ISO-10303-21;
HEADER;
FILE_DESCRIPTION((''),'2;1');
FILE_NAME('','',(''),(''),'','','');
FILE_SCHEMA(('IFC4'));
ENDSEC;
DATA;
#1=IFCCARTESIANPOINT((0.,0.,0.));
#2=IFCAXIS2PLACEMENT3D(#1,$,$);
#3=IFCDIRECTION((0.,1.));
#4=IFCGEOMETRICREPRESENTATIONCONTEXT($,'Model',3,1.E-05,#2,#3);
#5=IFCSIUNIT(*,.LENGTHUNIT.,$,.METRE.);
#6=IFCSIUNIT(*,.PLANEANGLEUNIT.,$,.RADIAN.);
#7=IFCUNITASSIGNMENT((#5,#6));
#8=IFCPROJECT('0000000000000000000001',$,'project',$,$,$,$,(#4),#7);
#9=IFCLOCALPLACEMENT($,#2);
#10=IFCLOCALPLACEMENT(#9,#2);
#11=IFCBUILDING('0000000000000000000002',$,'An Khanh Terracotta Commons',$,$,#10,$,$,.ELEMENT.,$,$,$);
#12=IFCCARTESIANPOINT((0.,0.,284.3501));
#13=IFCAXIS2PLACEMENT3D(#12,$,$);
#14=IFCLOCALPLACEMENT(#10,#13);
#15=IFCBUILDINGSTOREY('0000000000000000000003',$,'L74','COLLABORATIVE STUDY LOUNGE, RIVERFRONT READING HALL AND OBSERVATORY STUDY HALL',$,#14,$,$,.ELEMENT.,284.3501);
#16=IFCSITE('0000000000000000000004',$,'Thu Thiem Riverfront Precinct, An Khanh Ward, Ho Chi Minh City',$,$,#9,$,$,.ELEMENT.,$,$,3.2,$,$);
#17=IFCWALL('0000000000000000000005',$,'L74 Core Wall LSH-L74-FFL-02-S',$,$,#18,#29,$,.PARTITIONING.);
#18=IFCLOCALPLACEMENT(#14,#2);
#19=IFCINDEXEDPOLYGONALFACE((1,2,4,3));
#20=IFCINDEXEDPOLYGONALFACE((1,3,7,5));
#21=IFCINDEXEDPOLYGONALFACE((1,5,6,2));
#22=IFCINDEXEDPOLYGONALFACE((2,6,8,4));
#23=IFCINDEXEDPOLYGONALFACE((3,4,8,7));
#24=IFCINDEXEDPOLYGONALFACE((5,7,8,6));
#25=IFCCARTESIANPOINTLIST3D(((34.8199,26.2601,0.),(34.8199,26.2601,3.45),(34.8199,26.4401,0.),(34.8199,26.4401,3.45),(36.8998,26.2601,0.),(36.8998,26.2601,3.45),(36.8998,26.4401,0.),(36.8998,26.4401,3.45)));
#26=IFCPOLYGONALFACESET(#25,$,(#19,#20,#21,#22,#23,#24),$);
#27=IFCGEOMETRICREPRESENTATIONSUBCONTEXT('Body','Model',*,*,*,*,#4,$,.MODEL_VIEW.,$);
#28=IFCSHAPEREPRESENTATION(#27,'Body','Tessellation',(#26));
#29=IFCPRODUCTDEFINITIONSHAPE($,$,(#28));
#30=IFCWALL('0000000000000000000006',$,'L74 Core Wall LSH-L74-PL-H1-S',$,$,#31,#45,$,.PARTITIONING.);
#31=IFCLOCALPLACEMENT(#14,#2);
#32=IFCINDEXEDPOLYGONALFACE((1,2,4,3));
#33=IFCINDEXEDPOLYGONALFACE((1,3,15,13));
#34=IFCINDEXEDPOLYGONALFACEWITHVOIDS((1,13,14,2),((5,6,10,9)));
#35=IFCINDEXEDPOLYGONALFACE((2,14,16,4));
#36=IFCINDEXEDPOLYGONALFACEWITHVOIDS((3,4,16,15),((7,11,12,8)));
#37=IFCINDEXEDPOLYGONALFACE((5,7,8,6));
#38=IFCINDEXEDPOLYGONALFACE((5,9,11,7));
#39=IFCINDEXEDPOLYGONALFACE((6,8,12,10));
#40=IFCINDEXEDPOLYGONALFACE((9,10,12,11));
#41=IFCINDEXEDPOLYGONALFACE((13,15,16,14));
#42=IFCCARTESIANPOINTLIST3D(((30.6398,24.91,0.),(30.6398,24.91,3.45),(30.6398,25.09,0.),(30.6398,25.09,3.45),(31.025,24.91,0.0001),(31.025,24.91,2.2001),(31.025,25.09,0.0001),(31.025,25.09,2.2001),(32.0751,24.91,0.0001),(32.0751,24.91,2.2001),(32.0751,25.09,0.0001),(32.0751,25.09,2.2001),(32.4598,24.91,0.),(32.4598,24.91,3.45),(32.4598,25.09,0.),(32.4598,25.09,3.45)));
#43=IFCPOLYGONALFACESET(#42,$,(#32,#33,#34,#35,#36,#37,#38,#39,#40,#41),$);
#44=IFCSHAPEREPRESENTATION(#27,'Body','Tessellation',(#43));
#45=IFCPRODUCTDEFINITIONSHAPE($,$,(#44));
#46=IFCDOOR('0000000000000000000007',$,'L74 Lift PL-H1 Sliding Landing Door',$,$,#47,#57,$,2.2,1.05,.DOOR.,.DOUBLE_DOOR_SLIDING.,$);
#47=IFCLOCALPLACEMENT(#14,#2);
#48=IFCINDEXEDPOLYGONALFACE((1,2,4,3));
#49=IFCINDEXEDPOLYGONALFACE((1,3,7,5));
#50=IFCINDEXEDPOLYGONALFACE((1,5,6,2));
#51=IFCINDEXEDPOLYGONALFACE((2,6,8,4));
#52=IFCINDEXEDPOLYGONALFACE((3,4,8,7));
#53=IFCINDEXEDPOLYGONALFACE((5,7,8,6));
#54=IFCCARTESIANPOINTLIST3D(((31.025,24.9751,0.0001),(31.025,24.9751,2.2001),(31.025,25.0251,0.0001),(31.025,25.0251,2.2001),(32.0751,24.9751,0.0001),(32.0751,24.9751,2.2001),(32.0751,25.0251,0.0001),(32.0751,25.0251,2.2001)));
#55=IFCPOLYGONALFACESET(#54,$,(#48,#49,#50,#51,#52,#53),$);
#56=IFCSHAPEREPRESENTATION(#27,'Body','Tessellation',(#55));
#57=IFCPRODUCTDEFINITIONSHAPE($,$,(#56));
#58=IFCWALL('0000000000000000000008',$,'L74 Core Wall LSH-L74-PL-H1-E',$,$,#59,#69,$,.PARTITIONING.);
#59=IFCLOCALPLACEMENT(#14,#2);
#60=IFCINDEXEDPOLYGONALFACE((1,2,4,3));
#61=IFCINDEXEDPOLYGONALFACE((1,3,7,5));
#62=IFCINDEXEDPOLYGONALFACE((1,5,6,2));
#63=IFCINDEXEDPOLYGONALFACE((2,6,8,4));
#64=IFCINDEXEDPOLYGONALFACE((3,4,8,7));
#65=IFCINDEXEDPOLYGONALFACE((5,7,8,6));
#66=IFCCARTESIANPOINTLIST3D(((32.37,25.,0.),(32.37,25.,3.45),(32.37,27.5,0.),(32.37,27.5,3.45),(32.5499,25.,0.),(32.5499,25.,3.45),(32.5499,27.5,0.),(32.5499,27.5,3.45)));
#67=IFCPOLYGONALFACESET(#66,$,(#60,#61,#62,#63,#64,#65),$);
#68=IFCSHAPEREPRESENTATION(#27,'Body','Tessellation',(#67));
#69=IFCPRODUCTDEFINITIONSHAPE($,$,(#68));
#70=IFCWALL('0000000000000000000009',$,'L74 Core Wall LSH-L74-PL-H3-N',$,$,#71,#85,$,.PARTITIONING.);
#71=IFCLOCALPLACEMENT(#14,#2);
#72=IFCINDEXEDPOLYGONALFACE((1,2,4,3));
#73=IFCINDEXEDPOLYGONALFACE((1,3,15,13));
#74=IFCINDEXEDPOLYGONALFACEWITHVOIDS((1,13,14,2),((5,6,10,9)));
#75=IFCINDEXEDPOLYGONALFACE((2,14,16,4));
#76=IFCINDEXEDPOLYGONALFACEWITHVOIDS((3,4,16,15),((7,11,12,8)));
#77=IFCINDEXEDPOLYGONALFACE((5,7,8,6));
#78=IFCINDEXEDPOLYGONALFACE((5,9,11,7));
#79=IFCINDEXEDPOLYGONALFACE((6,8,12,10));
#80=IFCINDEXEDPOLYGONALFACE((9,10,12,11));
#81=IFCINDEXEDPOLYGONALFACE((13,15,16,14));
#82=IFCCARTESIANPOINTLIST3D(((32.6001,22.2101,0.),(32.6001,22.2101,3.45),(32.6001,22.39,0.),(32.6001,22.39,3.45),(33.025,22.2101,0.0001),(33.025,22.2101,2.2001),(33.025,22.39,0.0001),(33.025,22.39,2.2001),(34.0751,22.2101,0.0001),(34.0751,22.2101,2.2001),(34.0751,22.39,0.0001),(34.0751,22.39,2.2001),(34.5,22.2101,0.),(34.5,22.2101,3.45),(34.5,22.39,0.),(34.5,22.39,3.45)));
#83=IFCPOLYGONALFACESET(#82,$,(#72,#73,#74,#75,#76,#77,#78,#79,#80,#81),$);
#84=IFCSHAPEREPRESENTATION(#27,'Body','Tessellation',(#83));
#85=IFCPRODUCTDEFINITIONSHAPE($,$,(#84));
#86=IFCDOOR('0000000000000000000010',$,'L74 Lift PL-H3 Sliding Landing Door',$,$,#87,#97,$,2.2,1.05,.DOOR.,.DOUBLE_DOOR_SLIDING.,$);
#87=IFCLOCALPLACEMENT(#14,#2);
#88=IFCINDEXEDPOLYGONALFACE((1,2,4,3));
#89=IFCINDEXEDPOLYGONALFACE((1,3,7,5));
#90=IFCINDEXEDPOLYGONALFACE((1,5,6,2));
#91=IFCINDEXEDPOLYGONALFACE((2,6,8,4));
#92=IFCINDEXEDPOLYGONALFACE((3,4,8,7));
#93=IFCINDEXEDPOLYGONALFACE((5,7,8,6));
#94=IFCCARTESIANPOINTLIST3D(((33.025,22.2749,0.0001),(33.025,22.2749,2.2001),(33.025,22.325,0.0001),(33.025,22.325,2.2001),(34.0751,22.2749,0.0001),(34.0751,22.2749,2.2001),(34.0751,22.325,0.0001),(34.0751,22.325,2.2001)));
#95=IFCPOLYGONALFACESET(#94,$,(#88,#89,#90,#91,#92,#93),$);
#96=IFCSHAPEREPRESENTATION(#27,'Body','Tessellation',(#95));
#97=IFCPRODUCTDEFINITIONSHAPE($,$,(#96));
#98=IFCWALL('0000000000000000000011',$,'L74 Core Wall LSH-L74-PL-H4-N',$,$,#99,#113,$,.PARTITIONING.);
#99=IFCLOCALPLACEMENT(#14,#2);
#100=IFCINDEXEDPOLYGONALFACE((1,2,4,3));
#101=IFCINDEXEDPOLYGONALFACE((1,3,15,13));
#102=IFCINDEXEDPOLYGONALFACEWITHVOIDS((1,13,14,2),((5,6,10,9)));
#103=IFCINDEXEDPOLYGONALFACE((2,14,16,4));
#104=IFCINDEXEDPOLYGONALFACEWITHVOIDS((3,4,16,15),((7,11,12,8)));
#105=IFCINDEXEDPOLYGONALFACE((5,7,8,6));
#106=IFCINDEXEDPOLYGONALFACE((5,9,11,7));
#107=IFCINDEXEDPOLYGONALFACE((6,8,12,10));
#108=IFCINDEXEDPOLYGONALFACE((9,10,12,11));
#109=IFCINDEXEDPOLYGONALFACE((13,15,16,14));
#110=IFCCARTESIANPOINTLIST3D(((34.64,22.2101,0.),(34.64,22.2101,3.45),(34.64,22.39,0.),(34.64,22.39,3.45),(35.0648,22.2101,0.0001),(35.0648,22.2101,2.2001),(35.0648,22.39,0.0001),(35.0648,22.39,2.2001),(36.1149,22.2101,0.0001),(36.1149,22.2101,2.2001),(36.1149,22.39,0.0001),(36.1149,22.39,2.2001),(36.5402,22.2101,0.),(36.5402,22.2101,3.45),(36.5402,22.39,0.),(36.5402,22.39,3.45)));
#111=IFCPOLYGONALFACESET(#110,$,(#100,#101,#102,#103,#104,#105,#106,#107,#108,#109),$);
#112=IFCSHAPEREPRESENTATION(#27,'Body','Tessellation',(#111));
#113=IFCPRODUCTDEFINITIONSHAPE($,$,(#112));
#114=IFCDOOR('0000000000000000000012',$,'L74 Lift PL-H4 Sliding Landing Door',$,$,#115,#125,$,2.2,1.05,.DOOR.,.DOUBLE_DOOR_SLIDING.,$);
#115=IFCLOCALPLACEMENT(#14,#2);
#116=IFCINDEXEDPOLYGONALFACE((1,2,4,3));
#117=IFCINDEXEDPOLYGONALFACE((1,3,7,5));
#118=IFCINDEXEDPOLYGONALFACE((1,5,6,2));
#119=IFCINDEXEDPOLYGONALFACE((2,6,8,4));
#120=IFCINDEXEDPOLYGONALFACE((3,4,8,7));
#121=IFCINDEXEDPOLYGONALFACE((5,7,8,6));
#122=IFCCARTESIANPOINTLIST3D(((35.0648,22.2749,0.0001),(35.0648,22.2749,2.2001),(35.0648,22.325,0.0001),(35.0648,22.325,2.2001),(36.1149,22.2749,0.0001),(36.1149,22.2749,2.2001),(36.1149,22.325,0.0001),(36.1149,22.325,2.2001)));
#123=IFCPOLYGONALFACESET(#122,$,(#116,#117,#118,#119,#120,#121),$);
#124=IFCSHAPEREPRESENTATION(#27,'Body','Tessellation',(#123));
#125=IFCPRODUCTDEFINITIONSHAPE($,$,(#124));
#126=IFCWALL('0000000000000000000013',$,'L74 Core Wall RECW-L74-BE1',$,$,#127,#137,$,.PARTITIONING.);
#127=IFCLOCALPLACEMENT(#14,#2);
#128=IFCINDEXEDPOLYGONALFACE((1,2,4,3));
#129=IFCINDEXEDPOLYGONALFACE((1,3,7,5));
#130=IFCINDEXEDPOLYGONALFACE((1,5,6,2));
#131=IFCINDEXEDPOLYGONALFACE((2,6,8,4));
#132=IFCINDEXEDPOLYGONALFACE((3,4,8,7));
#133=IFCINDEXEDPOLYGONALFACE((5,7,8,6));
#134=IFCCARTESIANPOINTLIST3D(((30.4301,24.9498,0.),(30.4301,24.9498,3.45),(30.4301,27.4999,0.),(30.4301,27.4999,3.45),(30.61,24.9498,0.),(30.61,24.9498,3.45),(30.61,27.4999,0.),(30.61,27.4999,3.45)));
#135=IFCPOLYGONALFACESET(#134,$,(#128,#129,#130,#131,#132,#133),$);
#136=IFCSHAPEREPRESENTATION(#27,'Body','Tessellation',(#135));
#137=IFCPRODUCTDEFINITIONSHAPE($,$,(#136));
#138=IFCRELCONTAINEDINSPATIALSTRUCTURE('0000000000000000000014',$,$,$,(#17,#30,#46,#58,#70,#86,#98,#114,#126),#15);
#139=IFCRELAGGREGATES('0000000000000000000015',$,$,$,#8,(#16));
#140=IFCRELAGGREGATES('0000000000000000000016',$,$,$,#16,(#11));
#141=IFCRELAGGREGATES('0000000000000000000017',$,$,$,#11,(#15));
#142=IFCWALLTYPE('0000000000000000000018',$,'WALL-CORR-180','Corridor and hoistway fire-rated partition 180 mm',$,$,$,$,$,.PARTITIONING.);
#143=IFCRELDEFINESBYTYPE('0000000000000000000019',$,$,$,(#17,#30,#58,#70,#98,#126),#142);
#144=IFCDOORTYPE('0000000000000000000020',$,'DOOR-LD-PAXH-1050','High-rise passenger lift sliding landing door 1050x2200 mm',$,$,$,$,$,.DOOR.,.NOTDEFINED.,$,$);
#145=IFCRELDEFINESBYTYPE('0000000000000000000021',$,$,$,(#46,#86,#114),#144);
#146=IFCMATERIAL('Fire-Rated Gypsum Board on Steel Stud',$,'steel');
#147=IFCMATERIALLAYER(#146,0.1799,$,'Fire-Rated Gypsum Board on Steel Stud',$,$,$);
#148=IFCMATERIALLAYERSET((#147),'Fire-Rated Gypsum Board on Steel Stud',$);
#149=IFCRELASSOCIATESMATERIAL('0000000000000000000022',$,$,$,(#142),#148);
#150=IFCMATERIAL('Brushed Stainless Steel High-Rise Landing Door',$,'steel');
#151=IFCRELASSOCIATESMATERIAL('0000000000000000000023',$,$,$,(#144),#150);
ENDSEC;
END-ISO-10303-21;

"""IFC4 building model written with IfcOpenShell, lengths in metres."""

from ifc_helpers import new_model, si_unit, direction, frame, frame_2d, origin, place, context, subcontext, project, spatial, rectangle, extrude, material, layer, layer_set, type_object, element, fill, save


model = new_model("IFC4")

# Units and contexts
model_context = context("Model", 3, precision=1e-05, world=origin(), true_north=direction((0.0, 1.0)))
body_context = subcontext(model_context, "Body", "Model", "MODEL_VIEW")
ifc_project = project(units=[si_unit("LENGTHUNIT", "METRE"), si_unit("PLANEANGLEUNIT", "RADIAN")], contexts=[model_context])

# Site, building, storey
site_placement = place(None, origin())
site = spatial("IfcSite", under=ifc_project, at=site_placement, Name="Thu Thiem Riverfront Precinct, An Khanh Ward, Ho Chi Minh City", CompositionType="ELEMENT", RefElevation=3.2)
building_placement = place(site_placement, origin())
building = spatial("IfcBuilding", under=site, at=building_placement, Name="An Khanh Terracotta Commons", CompositionType="ELEMENT")
storey_placement = place(building_placement, frame((0.0, 0.0, 284.3501)))
storey = spatial("IfcBuildingStorey", under=building, at=storey_placement, Name="L74", Description="COLLABORATIVE STUDY LOUNGE, RIVERFRONT READING HALL AND OBSERVATORY STUDY HALL", CompositionType="ELEMENT", Elevation=284.3501)

# Wall
ifc_material_1 = material(Name="Fire-Rated Gypsum Board on Steel Stud", Category="steel")
ifc_layer_1 = layer(ifc_material_1, 0.1799, Name="Fire-Rated Gypsum Board on Steel Stud")
ifc_layer_set_1 = layer_set([ifc_layer_1], Name="Fire-Rated Gypsum Board on Steel Stud")
wall_type_1 = type_object("IfcWallType", Name="WALL-CORR-180", Description="Corridor and hoistway fire-rated partition 180 mm", PredefinedType="PARTITIONING", material=ifc_layer_set_1)
wall_1_placement = place(storey_placement, frame((36.8999, 26.3501, 0.0), z_axis=(0.0, 0.0, 1.0), x_axis=(-1.0, 0.0, 0.0)))
element("IfcWall", 1, at=wall_1_placement, inside=storey, type_object=wall_type_1, Name="L74 Core Wall LSH-L74-FFL-02-S", PredefinedType="PARTITIONING", context=body_context, shape_type="SweptSolid", body=[
    extrude(rectangle(XDim=2.0798, YDim=0.1799, at=frame_2d((1.04, 0.0))), origin(), (0.0, 0.0, 1.0), 3.45),
])

# Wall, opening, door
wall_2_placement = place(storey_placement, frame((32.46, 25.0, 0.0), z_axis=(0.0, 0.0, 1.0), x_axis=(-1.0, 0.0, 0.0)))
wall_2 = element("IfcWall", 2, at=wall_2_placement, inside=storey, type_object=wall_type_1, Name="L74 Core Wall LSH-L74-PL-H1-S", PredefinedType="PARTITIONING", context=body_context, shape_type="SweptSolid", body=[
    extrude(rectangle(XDim=1.8201, YDim=0.1799, at=frame_2d((0.9102, 0.0))), origin(), (0.0, 0.0, 1.0), 3.45),
])
opening_1_placement = place(wall_2_placement, frame((0.385, 0.0, 0.0)))
opening_1 = element("IfcOpeningElement", 3, at=opening_1_placement, cuts=wall_2, PredefinedType="OPENING", context=body_context, shape_type="SweptSolid", body=[
    extrude(rectangle(XDim=1.05, YDim=2.2, at=frame_2d((0.5249, 1.1001))), frame((0.0, 0.0999, 0.0), z_axis=(0.0, -1.0, 0.0), x_axis=(1.0, 0.0, 0.0)), (0.0, 0.0, 1.0), 0.2),
])
ifc_material_2 = material(Name="Brushed Stainless Steel High-Rise Landing Door", Category="steel")
door_type_1 = type_object("IfcDoorType", Name="DOOR-LD-PAXH-1050", Description="High-rise passenger lift sliding landing door 1050x2200 mm", OperationType="NOTDEFINED", PredefinedType="DOOR", material=ifc_material_2)
door_1_placement = place(opening_1_placement, origin())
door_1 = element("IfcDoor", 4, at=door_1_placement, inside=storey, type_object=door_type_1, Name="L74 Lift PL-H1 Sliding Landing Door", OperationType="DOUBLE_DOOR_SLIDING", OverallHeight=2.2, OverallWidth=1.05, PredefinedType="DOOR", context=body_context, shape_type="SweptSolid", body=[
    extrude(rectangle(XDim=1.05, YDim=2.2, at=frame_2d((0.5249, 1.1001))), frame((0.0, 0.0249, 0.0), z_axis=(0.0, -1.0, 0.0), x_axis=(1.0, 0.0, 0.0)), (0.0, 0.0, 1.0), 0.05),
])
fill(opening_1, door_1)

# Wall
wall_3_placement = place(storey_placement, frame((32.46, 25.0, 0.0), z_axis=(0.0, 0.0, 1.0), x_axis=(0.0, 1.0, 0.0)))
element("IfcWall", 5, at=wall_3_placement, inside=storey, type_object=wall_type_1, Name="L74 Core Wall LSH-L74-PL-H1-E", PredefinedType="PARTITIONING", context=body_context, shape_type="SweptSolid", body=[
    extrude(rectangle(XDim=2.5, YDim=0.1799, at=frame_2d((1.25, 0.0))), origin(), (0.0, 0.0, 1.0), 3.45),
])

# Walls, openings, doors
wall_4_placement = place(storey_placement, frame((32.6001, 22.3, 0.0), z_axis=(0.0, 0.0, 1.0), x_axis=(1.0, 0.0, 0.0)))
wall_4 = element("IfcWall", 6, at=wall_4_placement, inside=storey, type_object=wall_type_1, Name="L74 Core Wall LSH-L74-PL-H3-N", PredefinedType="PARTITIONING", context=body_context, shape_type="SweptSolid", body=[
    extrude(rectangle(XDim=1.8999, YDim=0.1799, at=frame_2d((0.95, 0.0))), origin(), (0.0, 0.0, 1.0), 3.45),
])
opening_2_placement = place(wall_4_placement, frame((0.425, 0.0, 0.0)))
opening_2 = element("IfcOpeningElement", 7, at=opening_2_placement, cuts=wall_4, PredefinedType="OPENING", context=body_context, shape_type="SweptSolid", body=[
    extrude(rectangle(XDim=1.05, YDim=2.2, at=frame_2d((0.5249, 1.1001))), frame((0.0, 0.0999, 0.0), z_axis=(0.0, -1.0, 0.0), x_axis=(1.0, 0.0, 0.0)), (0.0, 0.0, 1.0), 0.2),
])
door_2_placement = place(opening_2_placement, origin())
door_2 = element("IfcDoor", 8, at=door_2_placement, inside=storey, type_object=door_type_1, Name="L74 Lift PL-H3 Sliding Landing Door", OperationType="DOUBLE_DOOR_SLIDING", OverallHeight=2.2, OverallWidth=1.05, PredefinedType="DOOR", context=body_context, shape_type="SweptSolid", body=[
    extrude(rectangle(XDim=1.05, YDim=2.2, at=frame_2d((0.5249, 1.1001))), frame((0.0, 0.0249, 0.0), z_axis=(0.0, -1.0, 0.0), x_axis=(1.0, 0.0, 0.0)), (0.0, 0.0, 1.0), 0.05),
])
fill(opening_2, door_2)
wall_5_placement = place(storey_placement, frame((34.6399, 22.3, 0.0), z_axis=(0.0, 0.0, 1.0), x_axis=(1.0, 0.0, 0.0)))
wall_5 = element("IfcWall", 9, at=wall_5_placement, inside=storey, type_object=wall_type_1, Name="L74 Core Wall LSH-L74-PL-H4-N", PredefinedType="PARTITIONING", context=body_context, shape_type="SweptSolid", body=[
    extrude(rectangle(XDim=1.9001, YDim=0.1799, at=frame_2d((0.9502, 0.0))), origin(), (0.0, 0.0, 1.0), 3.45),
])
opening_3_placement = place(wall_5_placement, frame((0.425, 0.0, 0.0)))
opening_3 = element("IfcOpeningElement", 10, at=opening_3_placement, cuts=wall_5, PredefinedType="OPENING", context=body_context, shape_type="SweptSolid", body=[
    extrude(rectangle(XDim=1.05, YDim=2.2, at=frame_2d((0.5249, 1.1001))), frame((0.0, 0.0999, 0.0), z_axis=(0.0, -1.0, 0.0), x_axis=(1.0, 0.0, 0.0)), (0.0, 0.0, 1.0), 0.2),
])
door_3_placement = place(opening_3_placement, origin())
door_3 = element("IfcDoor", 11, at=door_3_placement, inside=storey, type_object=door_type_1, Name="L74 Lift PL-H4 Sliding Landing Door", OperationType="DOUBLE_DOOR_SLIDING", OverallHeight=2.2, OverallWidth=1.05, PredefinedType="DOOR", context=body_context, shape_type="SweptSolid", body=[
    extrude(rectangle(XDim=1.05, YDim=2.2, at=frame_2d((0.5249, 1.1001))), frame((0.0, 0.0249, 0.0), z_axis=(0.0, -1.0, 0.0), x_axis=(1.0, 0.0, 0.0)), (0.0, 0.0, 1.0), 0.05),
])
fill(opening_3, door_3)

# Wall
wall_6_placement = place(storey_placement, frame((30.52, 24.95, 0.0), z_axis=(0.0, 0.0, 1.0), x_axis=(0.0, 1.0, 0.0)))
element("IfcWall", 12, at=wall_6_placement, inside=storey, type_object=wall_type_1, Name="L74 Core Wall RECW-L74-BE1", PredefinedType="PARTITIONING", context=body_context, shape_type="SweptSolid", body=[
    extrude(rectangle(XDim=2.55, YDim=0.1799, at=frame_2d((1.2749, 0.0))), origin(), (0.0, 0.0, 1.0), 3.45),
])

save(model, "model.ifc")
